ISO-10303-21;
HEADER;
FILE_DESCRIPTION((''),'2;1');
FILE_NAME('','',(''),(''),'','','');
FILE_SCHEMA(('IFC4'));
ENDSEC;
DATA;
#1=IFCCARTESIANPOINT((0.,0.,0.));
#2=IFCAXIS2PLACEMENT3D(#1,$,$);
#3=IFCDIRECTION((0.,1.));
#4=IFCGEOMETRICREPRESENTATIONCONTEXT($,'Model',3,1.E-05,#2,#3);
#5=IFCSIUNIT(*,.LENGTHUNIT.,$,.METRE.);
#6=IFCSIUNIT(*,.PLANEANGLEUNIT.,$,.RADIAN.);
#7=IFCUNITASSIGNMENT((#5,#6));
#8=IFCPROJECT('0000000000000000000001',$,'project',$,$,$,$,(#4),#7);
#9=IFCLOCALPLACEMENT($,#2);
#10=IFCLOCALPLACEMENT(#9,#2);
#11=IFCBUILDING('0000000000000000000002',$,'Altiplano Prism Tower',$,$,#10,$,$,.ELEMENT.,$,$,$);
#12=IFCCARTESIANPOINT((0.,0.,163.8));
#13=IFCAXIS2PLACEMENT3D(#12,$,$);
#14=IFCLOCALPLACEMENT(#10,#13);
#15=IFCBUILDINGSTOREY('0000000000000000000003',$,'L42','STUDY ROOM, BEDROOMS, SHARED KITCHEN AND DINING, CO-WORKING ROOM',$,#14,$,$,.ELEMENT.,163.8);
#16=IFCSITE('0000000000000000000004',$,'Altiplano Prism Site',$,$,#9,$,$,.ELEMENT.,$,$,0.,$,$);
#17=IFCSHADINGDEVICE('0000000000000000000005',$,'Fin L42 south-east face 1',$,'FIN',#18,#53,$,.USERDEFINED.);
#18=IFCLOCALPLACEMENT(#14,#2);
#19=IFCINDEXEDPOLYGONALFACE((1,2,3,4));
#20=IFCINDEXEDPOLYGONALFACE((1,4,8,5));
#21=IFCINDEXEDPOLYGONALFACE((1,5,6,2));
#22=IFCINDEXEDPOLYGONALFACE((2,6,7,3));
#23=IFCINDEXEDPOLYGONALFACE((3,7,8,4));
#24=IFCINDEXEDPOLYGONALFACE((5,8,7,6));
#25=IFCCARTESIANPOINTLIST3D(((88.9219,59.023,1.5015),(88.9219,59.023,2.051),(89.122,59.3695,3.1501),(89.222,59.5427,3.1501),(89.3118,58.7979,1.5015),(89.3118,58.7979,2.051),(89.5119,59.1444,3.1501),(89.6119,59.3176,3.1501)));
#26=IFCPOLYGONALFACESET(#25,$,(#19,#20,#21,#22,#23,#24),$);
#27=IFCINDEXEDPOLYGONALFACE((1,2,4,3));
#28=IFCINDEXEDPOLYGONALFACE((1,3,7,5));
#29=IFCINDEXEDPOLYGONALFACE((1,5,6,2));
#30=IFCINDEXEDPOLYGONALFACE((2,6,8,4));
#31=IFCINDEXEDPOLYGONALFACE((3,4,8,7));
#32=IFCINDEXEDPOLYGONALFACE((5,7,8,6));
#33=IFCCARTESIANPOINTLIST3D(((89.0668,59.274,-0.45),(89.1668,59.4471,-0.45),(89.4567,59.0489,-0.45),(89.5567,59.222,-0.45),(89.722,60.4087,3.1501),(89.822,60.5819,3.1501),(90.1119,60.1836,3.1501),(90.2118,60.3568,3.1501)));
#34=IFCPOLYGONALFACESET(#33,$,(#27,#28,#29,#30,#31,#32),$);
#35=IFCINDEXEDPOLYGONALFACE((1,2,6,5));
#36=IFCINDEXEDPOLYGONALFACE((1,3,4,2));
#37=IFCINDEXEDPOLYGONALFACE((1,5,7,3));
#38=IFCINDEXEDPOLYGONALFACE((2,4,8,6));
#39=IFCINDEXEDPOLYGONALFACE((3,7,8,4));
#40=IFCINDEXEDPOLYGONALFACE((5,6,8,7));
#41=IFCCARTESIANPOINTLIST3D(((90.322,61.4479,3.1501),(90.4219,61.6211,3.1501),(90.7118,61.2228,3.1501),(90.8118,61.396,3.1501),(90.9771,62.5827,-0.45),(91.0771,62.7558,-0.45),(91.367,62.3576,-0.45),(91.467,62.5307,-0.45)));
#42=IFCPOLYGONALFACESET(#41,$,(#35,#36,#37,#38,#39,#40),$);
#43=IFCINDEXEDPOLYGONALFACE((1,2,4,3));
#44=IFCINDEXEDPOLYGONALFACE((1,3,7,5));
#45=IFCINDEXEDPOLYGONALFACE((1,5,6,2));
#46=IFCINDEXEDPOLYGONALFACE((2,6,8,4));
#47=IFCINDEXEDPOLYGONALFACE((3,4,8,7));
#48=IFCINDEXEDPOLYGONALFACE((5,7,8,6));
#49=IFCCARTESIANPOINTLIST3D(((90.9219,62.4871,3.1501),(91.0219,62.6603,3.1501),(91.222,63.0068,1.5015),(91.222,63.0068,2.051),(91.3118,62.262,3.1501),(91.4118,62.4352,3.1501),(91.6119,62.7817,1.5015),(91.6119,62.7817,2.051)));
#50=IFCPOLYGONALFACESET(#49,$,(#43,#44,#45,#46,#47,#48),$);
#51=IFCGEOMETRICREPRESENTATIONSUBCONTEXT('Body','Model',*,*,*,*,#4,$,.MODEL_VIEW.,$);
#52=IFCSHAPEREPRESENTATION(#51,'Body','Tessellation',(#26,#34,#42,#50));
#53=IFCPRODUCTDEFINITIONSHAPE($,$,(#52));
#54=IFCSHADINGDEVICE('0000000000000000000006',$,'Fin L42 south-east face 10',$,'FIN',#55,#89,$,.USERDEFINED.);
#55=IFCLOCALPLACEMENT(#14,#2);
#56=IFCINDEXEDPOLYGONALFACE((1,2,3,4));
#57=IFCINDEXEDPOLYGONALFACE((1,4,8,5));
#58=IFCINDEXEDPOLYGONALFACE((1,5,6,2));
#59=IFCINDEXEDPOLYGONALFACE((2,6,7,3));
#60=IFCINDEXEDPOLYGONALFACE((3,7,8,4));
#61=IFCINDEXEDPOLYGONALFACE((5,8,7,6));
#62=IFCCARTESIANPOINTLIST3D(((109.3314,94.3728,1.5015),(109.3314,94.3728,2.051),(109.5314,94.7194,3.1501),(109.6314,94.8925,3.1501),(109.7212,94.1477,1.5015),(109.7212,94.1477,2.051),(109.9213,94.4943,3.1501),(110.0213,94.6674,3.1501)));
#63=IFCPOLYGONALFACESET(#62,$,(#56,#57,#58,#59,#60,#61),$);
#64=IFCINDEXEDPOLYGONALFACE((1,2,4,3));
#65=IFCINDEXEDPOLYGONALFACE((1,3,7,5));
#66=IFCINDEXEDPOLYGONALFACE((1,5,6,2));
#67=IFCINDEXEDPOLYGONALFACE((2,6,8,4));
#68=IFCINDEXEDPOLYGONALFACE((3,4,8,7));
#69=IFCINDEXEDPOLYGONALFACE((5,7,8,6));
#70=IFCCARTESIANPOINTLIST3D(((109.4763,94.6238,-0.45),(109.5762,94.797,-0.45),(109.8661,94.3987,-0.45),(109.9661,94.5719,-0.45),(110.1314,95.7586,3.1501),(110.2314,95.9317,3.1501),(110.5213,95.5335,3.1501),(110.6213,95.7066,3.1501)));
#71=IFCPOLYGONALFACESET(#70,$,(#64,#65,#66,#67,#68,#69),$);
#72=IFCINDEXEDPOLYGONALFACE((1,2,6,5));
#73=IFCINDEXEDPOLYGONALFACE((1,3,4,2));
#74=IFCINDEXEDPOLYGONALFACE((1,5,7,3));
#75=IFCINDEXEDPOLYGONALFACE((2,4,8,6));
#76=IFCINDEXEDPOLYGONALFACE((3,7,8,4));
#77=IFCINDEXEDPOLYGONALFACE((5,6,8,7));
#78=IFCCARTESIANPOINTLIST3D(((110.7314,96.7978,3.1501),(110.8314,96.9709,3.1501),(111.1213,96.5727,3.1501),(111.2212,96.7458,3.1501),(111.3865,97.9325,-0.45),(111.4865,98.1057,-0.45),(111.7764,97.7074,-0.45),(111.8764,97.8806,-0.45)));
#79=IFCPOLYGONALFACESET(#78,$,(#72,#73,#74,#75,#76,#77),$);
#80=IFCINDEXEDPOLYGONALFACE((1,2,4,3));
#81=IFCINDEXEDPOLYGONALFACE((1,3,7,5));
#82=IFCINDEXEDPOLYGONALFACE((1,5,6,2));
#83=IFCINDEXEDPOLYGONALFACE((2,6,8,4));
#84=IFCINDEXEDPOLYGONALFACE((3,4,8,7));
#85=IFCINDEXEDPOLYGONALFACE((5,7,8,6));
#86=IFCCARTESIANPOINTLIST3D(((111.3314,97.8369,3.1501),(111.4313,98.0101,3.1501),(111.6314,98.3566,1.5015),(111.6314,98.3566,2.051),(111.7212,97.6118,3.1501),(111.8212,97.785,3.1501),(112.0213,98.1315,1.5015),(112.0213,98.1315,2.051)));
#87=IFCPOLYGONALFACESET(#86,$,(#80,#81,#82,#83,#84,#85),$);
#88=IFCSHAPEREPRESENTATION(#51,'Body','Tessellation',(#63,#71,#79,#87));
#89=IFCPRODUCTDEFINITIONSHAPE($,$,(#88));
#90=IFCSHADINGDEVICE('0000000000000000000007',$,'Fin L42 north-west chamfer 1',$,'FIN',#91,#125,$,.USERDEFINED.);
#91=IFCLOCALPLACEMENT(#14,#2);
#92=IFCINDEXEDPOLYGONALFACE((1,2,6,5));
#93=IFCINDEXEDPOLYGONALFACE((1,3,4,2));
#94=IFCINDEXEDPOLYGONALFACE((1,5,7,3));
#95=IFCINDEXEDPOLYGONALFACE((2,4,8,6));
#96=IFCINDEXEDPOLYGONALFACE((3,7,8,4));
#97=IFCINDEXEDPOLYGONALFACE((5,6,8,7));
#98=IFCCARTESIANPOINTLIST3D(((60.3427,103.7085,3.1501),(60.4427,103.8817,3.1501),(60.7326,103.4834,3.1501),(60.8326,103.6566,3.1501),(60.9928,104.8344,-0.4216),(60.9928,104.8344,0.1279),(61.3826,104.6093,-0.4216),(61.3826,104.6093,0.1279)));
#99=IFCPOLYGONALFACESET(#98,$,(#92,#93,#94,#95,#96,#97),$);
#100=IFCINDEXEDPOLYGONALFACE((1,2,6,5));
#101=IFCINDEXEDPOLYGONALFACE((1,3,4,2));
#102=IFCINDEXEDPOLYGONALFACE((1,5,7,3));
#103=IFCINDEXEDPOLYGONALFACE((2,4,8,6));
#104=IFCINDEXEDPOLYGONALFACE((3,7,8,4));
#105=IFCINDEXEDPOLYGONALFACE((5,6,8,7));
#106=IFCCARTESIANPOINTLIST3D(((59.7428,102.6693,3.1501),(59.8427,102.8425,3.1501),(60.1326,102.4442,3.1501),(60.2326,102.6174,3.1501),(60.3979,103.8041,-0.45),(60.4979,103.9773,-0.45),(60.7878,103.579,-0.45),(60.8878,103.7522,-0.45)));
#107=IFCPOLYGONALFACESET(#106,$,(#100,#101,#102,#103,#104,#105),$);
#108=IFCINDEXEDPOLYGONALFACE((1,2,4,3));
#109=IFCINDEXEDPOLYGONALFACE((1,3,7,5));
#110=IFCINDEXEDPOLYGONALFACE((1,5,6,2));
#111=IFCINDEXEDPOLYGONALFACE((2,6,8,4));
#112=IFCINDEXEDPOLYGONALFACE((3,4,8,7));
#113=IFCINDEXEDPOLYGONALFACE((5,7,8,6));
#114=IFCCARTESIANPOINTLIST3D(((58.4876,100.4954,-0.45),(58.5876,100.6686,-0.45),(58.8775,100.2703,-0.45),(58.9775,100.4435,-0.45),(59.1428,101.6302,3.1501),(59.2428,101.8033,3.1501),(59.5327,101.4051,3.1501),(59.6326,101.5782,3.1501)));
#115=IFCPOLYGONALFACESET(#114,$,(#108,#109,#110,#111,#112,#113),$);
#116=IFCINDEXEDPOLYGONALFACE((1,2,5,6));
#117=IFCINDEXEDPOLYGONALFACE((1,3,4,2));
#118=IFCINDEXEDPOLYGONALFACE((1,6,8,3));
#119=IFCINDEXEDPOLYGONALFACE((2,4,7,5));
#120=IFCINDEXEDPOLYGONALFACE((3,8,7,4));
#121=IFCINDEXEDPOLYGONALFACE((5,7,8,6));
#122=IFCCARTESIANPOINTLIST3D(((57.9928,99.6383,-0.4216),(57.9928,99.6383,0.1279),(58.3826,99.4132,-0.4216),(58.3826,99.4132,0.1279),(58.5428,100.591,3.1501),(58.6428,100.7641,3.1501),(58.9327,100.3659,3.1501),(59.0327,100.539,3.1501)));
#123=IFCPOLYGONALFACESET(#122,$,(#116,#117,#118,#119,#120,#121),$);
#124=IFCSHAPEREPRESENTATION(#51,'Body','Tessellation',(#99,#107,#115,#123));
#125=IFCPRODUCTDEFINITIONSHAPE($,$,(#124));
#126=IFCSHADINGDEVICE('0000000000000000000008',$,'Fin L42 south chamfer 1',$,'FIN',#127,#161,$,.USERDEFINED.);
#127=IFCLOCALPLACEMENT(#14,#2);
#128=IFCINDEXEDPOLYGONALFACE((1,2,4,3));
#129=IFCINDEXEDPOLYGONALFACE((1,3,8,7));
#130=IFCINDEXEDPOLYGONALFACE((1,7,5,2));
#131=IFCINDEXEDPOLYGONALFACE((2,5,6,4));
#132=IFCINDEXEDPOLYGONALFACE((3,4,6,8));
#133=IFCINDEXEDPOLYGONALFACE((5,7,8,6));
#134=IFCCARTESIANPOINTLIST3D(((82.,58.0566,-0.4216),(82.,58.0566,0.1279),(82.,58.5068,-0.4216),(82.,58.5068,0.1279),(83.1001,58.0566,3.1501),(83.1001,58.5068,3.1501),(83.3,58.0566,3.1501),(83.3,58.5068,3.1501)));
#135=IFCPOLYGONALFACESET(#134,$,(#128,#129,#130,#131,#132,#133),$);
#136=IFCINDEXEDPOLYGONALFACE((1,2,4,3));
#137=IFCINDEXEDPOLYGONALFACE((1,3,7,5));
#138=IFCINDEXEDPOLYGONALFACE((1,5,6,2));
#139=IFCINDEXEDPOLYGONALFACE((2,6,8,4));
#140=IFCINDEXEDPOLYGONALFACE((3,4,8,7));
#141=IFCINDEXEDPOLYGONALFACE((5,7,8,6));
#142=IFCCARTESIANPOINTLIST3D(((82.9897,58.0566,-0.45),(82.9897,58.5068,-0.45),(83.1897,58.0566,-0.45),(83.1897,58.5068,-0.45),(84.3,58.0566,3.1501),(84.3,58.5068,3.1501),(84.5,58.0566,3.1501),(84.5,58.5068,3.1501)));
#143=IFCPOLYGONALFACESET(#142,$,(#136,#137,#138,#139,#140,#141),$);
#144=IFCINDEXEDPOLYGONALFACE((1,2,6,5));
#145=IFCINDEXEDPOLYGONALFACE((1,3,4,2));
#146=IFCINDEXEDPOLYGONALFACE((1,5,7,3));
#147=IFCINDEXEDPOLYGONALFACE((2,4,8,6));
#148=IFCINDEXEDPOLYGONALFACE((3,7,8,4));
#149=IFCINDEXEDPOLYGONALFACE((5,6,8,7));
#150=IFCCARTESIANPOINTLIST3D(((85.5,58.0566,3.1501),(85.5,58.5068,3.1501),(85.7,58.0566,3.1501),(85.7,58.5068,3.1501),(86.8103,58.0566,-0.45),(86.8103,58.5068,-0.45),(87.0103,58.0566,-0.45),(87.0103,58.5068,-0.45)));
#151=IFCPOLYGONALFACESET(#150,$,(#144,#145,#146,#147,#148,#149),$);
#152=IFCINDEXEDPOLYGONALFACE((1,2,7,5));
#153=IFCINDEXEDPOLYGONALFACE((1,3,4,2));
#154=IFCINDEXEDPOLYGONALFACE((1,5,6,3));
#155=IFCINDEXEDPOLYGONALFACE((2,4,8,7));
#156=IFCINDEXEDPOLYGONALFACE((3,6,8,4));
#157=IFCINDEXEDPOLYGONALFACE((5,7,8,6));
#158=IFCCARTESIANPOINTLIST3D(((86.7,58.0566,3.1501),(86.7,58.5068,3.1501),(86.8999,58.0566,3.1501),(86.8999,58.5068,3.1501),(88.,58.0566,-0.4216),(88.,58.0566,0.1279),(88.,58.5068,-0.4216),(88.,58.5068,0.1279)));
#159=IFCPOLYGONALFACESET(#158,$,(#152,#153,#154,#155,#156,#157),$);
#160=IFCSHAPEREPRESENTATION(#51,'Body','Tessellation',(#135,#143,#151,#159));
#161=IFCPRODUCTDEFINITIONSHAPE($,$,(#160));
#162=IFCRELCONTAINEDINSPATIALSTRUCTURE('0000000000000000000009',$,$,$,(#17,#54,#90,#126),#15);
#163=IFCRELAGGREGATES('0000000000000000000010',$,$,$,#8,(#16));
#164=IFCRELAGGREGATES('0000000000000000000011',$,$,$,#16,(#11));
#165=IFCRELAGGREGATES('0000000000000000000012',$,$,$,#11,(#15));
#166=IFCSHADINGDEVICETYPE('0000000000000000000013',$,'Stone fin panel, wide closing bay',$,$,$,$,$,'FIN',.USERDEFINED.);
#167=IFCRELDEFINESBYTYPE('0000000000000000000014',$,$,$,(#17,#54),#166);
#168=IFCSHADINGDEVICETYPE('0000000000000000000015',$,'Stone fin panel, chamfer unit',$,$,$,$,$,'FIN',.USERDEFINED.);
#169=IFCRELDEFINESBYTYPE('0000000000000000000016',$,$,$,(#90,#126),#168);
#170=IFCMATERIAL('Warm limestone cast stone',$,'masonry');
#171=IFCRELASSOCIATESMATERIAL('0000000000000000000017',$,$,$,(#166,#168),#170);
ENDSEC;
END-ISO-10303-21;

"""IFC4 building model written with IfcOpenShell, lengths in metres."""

from ifc_helpers import new_model, si_unit, direction, frame, origin, place, context, subcontext, project, spatial, polyline, outline, extrude, source, transform, mapped, material, type_object, element, save


model = new_model("IFC4")

# Units and contexts
model_context = context("Model", 3, precision=1e-05, world=origin(), true_north=direction((0.0, 1.0)))
body_context = subcontext(model_context, "Body", "Model", "MODEL_VIEW")
ifc_project = project(units=[si_unit("LENGTHUNIT", "METRE"), si_unit("PLANEANGLEUNIT", "RADIAN")], contexts=[model_context])

# Site, building, storey
site_placement = place(None, origin())
site = spatial("IfcSite", under=ifc_project, at=site_placement, Name="Altiplano Prism Site", CompositionType="ELEMENT", RefElevation=0.0)
building_placement = place(site_placement, origin())
building = spatial("IfcBuilding", under=site, at=building_placement, Name="Altiplano Prism Tower", CompositionType="ELEMENT")
storey_placement = place(building_placement, frame((0.0, 0.0, 163.8)))
storey = spatial("IfcBuildingStorey", under=building, at=storey_placement, Name="L42", Description="STUDY ROOM, BEDROOMS, SHARED KITCHEN AND DINING, CO-WORKING ROOM", CompositionType="ELEMENT", Elevation=163.8)

# Shading devices
ifc_material_1 = material(Name="Warm limestone cast stone", Category="masonry")
shading_device_type_1 = type_object("IfcShadingDeviceType", Name="Stone fin panel, wide closing bay", ElementType="FIN", PredefinedType="USERDEFINED", material=ifc_material_1)
shared_shape_1 = source(origin(), body_context, "Body", "SweptSolid", [
    extrude(outline(polyline([(-2.3, 1.9514), (-1.7, 3.6001), (-1.8999, 3.6001), (-2.3, 2.501), (-2.3, 1.9514)])), frame((0.0, -0.1499, 0.0), z_axis=(0.0, -1.0, 0.0), x_axis=(1.0, 0.0, 0.0)), (0.0, 0.0, 1.0), 0.4502),
    extrude(outline(polyline([(-2.0103, 0.0), (-1.8103, 0.0), (-0.5, 3.6001), (-0.7, 3.6001), (-2.0103, 0.0)])), frame((0.0, -0.1499, 0.0), z_axis=(0.0, -1.0, 0.0), x_axis=(1.0, 0.0, 0.0)), (0.0, 0.0, 1.0), 0.4502),
    extrude(outline(polyline([(1.8103, 0.0), (2.0103, 0.0), (0.7, 3.6001), (0.5, 3.6001), (1.8103, 0.0)])), frame((0.0, -0.1499, 0.0), z_axis=(0.0, -1.0, 0.0), x_axis=(1.0, 0.0, 0.0)), (0.0, 0.0, 1.0), 0.4502),
    extrude(outline(polyline([(2.3, 2.501), (1.8999, 3.6001), (1.7, 3.6001), (2.3, 1.9514), (2.3, 2.501)])), frame((0.0, -0.1499, 0.0), z_axis=(0.0, -1.0, 0.0), x_axis=(1.0, 0.0, 0.0)), (0.0, 0.0, 1.0), 0.4502),
])
shading_device_1_placement = place(storey_placement, origin())
element("IfcShadingDevice", 1, at=shading_device_1_placement, inside=storey, type_object=shading_device_type_1, Name="Fin L42 south-east face 1", ObjectType="FIN", PredefinedType="USERDEFINED", context=body_context, shape_type="MappedRepresentation", body=[
    mapped(shared_shape_1, transform((89.9421, 61.0898, -0.45), x_axis=(0.5, 0.866025, 0.0), y_axis=(-0.866025, 0.5, 0.0), z_axis=(0.0, 0.0, 1.0))),
])
shading_device_2_placement = place(storey_placement, origin())
element("IfcShadingDevice", 2, at=shading_device_2_placement, inside=storey, type_object=shading_device_type_1, Name="Fin L42 south-east face 10", ObjectType="FIN", PredefinedType="USERDEFINED", context=body_context, shape_type="MappedRepresentation", body=[
    mapped(shared_shape_1, transform((110.3516, 96.4397, -0.45), x_axis=(0.5, 0.866025, 0.0), y_axis=(-0.866025, 0.5, 0.0), z_axis=(0.0, 0.0, 1.0))),
])
shading_device_type_2 = type_object("IfcShadingDeviceType", Name="Stone fin panel, chamfer unit", ElementType="FIN", PredefinedType="USERDEFINED", material=ifc_material_1)
shared_shape_2 = source(origin(), body_context, "Body", "SweptSolid", [
    extrude(outline(polyline([(-3.0, 0.0283), (-1.7, 3.6001), (-1.8999, 3.6001), (-3.0, 0.5779), (-3.0, 0.0283)])), frame((0.0, -0.1499, 0.0), z_axis=(0.0, -1.0, 0.0), x_axis=(1.0, 0.0, 0.0)), (0.0, 0.0, 1.0), 0.4502),
    extrude(outline(polyline([(-2.0103, 0.0), (-1.8103, 0.0), (-0.5, 3.6001), (-0.7, 3.6001), (-2.0103, 0.0)])), frame((0.0, -0.1499, 0.0), z_axis=(0.0, -1.0, 0.0), x_axis=(1.0, 0.0, 0.0)), (0.0, 0.0, 1.0), 0.4502),
    extrude(outline(polyline([(1.8103, 0.0), (2.0103, 0.0), (0.7, 3.6001), (0.5, 3.6001), (1.8103, 0.0)])), frame((0.0, -0.1499, 0.0), z_axis=(0.0, -1.0, 0.0), x_axis=(1.0, 0.0, 0.0)), (0.0, 0.0, 1.0), 0.4502),
    extrude(outline(polyline([(3.0, 0.5779), (1.8999, 3.6001), (1.7, 3.6001), (3.0, 0.0283), (3.0, 0.5779)])), frame((0.0, -0.1499, 0.0), z_axis=(0.0, -1.0, 0.0), x_axis=(1.0, 0.0, 0.0)), (0.0, 0.0, 1.0), 0.4502),
])
shading_device_3_placement = place(storey_placement, origin())
element("IfcShadingDevice", 3, at=shading_device_3_placement, inside=storey, type_object=shading_device_type_2, Name="Fin L42 north-west chamfer 1", ObjectType="FIN", PredefinedType="USERDEFINED", context=body_context, shape_type="MappedRepresentation", body=[
    mapped(shared_shape_2, transform((60.0125, 101.9363, -0.45), x_axis=(-0.5, -0.866025, 0.0), y_axis=(0.866025, -0.5, 0.0), z_axis=(0.0, 0.0, 1.0))),
])
shading_device_4_placement = place(storey_placement, origin())
element("IfcShadingDevice", 4, at=shading_device_4_placement, inside=storey, type_object=shading_device_type_2, Name="Fin L42 south chamfer 1", ObjectType="FIN", PredefinedType="USERDEFINED", context=body_context, shape_type="MappedRepresentation", body=[
    mapped(shared_shape_2, transform((85.0, 58.6567, -0.45), x_axis=(1.0, 0.0, 0.0), y_axis=(0.0, 1.0, 0.0), z_axis=(0.0, 0.0, 1.0))),
])

save(model, "model.ifc")
